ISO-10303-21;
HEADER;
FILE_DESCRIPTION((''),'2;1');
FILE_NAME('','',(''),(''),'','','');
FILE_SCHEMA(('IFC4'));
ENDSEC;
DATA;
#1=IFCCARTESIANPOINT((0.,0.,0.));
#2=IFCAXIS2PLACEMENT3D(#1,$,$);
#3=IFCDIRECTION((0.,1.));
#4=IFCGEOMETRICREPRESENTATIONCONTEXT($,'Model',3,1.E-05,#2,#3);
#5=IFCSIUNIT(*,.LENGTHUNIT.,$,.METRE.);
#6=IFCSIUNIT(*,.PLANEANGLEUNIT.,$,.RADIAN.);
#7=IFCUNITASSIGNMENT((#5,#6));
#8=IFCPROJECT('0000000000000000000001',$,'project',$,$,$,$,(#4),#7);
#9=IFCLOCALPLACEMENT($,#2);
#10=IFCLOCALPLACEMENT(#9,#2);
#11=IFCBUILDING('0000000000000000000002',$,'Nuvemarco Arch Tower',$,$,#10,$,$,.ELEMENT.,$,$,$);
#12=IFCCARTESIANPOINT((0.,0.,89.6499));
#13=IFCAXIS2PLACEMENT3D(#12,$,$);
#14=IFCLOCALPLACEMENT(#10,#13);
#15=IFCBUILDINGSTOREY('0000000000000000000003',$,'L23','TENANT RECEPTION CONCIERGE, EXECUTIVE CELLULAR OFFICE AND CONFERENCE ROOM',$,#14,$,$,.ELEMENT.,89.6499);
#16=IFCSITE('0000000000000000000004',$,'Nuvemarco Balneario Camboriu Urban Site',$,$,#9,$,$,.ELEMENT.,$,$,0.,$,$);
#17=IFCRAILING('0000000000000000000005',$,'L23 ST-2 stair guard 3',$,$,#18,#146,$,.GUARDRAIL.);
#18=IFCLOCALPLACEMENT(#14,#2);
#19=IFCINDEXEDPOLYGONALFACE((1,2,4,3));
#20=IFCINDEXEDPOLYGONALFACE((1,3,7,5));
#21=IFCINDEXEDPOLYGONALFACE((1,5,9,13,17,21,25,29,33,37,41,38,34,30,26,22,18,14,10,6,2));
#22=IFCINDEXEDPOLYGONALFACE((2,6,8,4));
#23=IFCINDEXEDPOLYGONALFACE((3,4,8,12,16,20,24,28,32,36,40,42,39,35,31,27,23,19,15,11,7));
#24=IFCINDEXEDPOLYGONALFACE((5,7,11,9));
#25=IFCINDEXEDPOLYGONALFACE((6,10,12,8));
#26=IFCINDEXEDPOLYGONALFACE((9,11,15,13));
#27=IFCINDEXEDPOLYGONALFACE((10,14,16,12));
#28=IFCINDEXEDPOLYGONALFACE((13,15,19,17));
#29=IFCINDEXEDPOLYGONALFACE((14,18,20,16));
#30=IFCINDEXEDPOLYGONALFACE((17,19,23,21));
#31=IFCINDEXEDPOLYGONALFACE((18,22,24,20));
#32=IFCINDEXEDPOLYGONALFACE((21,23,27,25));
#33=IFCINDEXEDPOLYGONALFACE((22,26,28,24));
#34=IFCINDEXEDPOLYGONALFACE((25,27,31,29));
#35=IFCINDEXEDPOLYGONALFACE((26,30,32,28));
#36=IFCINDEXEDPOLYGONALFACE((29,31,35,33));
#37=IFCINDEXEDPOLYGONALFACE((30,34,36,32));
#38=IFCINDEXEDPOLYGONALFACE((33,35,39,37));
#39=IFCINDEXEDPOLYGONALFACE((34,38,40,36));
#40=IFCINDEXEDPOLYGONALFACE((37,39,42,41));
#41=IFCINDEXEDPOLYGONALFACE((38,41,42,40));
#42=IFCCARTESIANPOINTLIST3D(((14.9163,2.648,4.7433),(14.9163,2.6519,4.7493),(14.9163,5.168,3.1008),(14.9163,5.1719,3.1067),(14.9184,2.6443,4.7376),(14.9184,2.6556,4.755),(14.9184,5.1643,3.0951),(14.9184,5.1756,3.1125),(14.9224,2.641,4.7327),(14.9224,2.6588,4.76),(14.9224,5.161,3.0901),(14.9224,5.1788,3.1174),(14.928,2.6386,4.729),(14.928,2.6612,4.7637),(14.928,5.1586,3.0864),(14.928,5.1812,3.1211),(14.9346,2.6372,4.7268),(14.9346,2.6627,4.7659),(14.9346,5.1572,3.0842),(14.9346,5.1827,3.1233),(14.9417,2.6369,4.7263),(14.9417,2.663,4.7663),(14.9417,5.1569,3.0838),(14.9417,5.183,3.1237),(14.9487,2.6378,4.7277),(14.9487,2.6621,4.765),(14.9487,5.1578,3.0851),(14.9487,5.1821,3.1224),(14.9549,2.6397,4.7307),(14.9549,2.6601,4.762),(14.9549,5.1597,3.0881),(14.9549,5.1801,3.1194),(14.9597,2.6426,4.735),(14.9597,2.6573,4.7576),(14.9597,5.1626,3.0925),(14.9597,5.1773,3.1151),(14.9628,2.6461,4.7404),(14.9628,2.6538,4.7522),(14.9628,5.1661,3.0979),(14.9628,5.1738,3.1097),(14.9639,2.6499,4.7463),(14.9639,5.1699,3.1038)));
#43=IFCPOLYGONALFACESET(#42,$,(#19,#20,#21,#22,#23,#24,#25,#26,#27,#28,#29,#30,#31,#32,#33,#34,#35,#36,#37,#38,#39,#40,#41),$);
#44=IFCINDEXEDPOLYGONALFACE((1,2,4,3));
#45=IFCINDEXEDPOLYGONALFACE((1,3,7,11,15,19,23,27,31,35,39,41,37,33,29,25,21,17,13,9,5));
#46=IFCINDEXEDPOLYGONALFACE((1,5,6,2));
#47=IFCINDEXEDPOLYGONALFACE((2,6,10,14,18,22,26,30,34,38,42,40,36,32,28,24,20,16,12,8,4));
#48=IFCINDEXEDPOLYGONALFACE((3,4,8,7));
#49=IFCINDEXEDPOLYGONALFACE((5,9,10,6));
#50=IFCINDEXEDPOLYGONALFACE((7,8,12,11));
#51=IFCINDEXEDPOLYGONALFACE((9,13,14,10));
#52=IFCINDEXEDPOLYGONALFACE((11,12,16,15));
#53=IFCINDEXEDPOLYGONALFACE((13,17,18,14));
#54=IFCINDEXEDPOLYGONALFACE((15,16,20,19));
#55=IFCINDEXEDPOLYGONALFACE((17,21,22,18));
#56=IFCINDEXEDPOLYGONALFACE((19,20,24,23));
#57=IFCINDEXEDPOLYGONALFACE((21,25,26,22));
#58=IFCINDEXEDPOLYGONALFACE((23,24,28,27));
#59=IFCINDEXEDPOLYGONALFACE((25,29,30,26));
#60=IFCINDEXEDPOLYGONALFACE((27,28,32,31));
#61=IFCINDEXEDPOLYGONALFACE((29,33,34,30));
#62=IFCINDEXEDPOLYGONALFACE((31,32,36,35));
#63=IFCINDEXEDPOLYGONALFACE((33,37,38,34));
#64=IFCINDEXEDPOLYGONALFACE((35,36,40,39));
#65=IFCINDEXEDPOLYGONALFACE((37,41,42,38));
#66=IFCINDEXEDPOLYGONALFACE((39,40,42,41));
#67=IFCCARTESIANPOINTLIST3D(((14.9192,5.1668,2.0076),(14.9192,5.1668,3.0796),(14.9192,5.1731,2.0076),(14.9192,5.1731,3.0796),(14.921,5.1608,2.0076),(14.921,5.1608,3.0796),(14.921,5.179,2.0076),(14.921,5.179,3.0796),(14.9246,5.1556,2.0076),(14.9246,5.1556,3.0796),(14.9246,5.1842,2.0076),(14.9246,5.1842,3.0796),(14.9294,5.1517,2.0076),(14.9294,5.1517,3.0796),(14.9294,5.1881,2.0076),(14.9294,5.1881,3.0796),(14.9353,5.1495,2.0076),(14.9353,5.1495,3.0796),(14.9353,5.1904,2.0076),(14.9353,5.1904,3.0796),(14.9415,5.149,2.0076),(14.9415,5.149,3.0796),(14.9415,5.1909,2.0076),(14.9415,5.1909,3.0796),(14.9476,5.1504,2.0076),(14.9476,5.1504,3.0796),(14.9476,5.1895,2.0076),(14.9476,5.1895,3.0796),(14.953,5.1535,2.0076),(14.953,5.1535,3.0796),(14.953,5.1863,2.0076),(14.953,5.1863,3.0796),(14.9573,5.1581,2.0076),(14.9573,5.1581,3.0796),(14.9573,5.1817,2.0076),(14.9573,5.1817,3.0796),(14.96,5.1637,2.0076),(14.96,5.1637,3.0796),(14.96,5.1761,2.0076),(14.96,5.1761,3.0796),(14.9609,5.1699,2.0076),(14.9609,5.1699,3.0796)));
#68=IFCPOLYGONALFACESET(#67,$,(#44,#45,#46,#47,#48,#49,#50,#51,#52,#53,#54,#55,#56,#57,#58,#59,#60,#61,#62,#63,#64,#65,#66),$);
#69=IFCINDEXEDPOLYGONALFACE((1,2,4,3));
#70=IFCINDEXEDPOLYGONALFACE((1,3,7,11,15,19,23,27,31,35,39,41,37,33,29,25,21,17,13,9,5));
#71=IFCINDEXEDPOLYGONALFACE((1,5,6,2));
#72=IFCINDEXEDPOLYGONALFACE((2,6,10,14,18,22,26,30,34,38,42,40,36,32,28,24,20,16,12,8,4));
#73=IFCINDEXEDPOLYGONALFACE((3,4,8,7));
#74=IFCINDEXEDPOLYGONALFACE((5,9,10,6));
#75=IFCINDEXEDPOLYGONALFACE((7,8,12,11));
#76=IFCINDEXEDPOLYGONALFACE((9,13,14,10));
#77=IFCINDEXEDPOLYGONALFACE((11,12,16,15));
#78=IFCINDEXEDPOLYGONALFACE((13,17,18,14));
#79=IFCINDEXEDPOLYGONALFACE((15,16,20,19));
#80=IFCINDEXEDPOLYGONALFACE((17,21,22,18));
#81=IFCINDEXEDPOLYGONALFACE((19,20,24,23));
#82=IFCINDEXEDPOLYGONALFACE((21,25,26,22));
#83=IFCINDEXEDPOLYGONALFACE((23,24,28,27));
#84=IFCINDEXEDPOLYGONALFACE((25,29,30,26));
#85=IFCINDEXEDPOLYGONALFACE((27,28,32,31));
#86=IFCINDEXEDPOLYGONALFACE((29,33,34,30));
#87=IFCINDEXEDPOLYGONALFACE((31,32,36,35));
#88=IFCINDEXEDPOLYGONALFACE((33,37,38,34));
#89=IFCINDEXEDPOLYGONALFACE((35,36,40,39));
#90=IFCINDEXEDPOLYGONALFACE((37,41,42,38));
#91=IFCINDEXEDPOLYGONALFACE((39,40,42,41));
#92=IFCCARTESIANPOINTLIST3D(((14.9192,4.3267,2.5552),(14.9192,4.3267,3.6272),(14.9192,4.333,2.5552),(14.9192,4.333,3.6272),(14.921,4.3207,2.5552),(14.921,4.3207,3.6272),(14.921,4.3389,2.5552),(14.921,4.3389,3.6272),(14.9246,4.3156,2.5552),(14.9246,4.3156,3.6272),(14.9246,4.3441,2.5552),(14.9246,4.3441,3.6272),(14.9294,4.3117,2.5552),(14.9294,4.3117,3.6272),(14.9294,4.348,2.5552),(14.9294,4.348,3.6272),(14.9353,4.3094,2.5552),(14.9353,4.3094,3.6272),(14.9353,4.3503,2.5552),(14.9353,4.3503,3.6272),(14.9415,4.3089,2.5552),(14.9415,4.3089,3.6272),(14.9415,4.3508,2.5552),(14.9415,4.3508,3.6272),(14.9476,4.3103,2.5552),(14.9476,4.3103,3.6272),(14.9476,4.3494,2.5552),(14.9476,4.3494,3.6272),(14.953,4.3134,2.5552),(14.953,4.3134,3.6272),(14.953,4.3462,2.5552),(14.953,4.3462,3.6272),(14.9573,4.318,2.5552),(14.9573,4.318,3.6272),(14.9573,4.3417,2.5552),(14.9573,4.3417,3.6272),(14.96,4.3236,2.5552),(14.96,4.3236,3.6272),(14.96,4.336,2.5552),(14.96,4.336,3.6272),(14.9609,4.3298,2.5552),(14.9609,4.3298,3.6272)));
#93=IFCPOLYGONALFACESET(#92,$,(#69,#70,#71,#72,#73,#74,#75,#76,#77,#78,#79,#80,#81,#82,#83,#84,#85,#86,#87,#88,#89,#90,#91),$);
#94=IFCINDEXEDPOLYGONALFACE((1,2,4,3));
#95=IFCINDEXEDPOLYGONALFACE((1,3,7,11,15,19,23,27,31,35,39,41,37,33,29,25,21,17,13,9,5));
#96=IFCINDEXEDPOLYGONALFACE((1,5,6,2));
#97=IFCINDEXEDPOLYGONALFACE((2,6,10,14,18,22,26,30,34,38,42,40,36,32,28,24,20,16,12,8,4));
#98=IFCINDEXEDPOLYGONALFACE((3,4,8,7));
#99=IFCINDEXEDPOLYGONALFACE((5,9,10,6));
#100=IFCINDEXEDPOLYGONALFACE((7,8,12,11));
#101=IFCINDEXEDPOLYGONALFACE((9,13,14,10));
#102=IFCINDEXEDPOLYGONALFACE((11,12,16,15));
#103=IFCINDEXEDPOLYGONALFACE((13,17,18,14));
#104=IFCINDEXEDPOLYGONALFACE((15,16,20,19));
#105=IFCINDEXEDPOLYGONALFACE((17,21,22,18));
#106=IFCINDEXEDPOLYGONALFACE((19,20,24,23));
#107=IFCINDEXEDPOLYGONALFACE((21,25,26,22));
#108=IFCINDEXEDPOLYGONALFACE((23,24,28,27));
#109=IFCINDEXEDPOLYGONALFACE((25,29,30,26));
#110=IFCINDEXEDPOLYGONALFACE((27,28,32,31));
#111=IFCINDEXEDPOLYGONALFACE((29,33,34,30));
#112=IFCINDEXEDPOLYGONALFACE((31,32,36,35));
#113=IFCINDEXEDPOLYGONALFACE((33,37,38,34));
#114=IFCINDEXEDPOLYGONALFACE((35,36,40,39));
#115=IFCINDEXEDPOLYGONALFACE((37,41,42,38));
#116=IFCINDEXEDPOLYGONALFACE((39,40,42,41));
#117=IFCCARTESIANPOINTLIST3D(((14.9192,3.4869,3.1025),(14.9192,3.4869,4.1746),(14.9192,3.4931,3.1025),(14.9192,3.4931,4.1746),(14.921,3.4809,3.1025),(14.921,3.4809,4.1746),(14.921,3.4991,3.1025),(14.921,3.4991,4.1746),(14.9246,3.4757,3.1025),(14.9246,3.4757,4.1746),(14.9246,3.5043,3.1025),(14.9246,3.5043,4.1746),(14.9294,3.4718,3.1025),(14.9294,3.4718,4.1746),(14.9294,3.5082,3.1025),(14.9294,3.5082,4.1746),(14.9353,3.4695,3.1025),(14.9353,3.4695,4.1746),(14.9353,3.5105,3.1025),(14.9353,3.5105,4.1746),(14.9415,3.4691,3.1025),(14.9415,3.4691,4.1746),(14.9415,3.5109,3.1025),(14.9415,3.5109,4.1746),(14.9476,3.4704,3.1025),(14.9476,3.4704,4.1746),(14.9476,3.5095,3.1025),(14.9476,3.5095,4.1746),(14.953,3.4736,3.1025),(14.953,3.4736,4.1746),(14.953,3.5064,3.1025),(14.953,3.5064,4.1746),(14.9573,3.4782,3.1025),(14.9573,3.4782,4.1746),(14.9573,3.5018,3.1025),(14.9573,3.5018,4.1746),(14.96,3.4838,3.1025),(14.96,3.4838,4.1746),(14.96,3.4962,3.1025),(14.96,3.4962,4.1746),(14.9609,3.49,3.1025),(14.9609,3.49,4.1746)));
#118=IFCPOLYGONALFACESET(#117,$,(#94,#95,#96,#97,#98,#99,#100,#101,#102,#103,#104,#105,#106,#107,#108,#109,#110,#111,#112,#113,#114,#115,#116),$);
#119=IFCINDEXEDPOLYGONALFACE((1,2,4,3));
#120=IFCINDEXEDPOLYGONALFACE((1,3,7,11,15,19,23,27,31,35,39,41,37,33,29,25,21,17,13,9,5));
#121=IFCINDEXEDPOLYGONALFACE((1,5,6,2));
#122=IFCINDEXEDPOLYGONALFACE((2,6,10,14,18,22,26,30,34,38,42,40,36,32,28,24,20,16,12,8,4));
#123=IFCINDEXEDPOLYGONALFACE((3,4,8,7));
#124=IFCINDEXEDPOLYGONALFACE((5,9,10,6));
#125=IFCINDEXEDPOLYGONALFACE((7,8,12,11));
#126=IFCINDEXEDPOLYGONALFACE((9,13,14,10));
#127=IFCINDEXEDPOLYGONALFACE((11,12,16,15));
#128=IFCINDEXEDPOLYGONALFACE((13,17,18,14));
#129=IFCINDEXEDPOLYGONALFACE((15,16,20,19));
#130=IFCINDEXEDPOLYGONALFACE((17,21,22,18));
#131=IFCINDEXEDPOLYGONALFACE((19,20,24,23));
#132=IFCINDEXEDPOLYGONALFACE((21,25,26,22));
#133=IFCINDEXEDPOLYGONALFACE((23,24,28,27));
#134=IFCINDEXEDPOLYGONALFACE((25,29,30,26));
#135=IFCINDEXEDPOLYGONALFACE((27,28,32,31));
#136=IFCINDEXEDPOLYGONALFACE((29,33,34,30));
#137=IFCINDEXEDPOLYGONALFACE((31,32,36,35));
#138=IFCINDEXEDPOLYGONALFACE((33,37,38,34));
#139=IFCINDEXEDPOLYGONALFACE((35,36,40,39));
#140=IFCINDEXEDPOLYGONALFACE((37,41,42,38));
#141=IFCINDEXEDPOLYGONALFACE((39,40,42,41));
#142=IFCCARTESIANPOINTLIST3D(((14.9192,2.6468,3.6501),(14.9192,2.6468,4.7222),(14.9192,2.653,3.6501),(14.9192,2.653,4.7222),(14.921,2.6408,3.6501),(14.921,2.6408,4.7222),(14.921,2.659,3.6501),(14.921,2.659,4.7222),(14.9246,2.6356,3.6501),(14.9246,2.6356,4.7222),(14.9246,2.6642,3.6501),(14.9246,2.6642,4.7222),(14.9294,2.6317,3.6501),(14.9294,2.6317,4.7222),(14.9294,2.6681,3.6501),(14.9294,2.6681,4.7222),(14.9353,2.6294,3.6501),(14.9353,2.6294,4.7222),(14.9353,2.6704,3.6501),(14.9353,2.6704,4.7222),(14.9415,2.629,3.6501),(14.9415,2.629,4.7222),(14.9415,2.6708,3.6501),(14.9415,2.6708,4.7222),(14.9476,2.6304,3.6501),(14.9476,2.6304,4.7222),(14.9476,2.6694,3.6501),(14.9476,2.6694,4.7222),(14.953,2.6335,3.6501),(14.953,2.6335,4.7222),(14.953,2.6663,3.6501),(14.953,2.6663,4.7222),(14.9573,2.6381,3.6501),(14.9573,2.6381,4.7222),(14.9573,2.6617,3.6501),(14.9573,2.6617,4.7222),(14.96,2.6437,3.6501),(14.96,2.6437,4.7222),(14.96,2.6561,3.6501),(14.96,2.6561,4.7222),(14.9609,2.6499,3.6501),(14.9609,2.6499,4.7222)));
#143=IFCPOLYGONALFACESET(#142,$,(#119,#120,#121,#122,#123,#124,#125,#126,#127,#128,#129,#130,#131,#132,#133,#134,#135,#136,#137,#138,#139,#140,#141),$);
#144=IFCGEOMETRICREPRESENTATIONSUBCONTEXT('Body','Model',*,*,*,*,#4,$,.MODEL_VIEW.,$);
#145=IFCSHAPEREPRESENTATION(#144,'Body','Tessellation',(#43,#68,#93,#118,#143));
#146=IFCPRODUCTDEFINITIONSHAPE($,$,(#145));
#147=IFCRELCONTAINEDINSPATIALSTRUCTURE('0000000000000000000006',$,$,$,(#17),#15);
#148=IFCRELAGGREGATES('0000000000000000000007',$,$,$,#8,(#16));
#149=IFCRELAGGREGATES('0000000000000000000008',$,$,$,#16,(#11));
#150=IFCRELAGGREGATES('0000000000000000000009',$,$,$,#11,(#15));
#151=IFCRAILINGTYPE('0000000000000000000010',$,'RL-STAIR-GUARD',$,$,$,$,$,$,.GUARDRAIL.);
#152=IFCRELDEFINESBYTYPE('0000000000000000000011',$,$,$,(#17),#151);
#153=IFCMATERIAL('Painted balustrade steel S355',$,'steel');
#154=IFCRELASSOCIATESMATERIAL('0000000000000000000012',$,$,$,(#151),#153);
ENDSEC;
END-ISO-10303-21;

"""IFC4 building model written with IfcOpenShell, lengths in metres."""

from ifc_helpers import new_model, si_unit, direction, frame, origin, origin_2d, place, context, subcontext, project, spatial, circle, extrude, material, type_object, element, save


model = new_model("IFC4")

# Units and contexts
model_context = context("Model", 3, precision=1e-05, world=origin(), true_north=direction((0.0, 1.0)))
body_context = subcontext(model_context, "Body", "Model", "MODEL_VIEW")
ifc_project = project(units=[si_unit("LENGTHUNIT", "METRE"), si_unit("PLANEANGLEUNIT", "RADIAN")], contexts=[model_context])

# Site, building, storey
site_placement = place(None, origin())
site = spatial("IfcSite", under=ifc_project, at=site_placement, Name="Nuvemarco Balneario Camboriu Urban Site", CompositionType="ELEMENT", RefElevation=0.0)
building_placement = place(site_placement, origin())
building = spatial("IfcBuilding", under=site, at=building_placement, Name="Nuvemarco Arch Tower", CompositionType="ELEMENT")
storey_placement = place(building_placement, frame((0.0, 0.0, 89.6499)))
storey = spatial("IfcBuildingStorey", under=building, at=storey_placement, Name="L23", Description="TENANT RECEPTION CONCIERGE, EXECUTIVE CELLULAR OFFICE AND CONFERENCE ROOM", CompositionType="ELEMENT", Elevation=89.6499)

# Railing
ifc_material_1 = material(Name="Painted balustrade steel S355", Category="steel")
railing_type_1 = type_object("IfcRailingType", Name="RL-STAIR-GUARD", PredefinedType="GUARDRAIL", material=ifc_material_1)
railing_1_placement = place(storey_placement, frame((14.9399, 5.1699, 2.0076)))
element("IfcRailing", 1, at=railing_1_placement, inside=storey, type_object=railing_type_1, Name="L23 ST-2 stair guard 3", PredefinedType="GUARDRAIL", context=body_context, shape_type="SweptSolid", body=[
    extrude(circle(Radius=0.0239, at=origin_2d()), frame((0.0, 0.0, 1.0962), z_axis=(0.0, -0.837749, 0.546055), x_axis=(1.0, 0.0, 0.0)), (0.0, 0.0, 1.0), 3.0081),
    extrude(circle(Radius=0.021, at=origin_2d()), origin(), (0.0, 0.0, 1.0), 1.072),
    extrude(circle(Radius=0.021, at=origin_2d()), frame((0.0, -0.8401, 0.5476)), (0.0, 0.0, 1.0), 1.072),
    extrude(circle(Radius=0.021, at=origin_2d()), frame((0.0, -1.6799, 1.095)), (0.0, 0.0, 1.0), 1.072),
    extrude(circle(Radius=0.021, at=origin_2d()), frame((0.0, -2.52, 1.6426)), (0.0, 0.0, 1.0), 1.072),
])

save(model, "model.ifc")
